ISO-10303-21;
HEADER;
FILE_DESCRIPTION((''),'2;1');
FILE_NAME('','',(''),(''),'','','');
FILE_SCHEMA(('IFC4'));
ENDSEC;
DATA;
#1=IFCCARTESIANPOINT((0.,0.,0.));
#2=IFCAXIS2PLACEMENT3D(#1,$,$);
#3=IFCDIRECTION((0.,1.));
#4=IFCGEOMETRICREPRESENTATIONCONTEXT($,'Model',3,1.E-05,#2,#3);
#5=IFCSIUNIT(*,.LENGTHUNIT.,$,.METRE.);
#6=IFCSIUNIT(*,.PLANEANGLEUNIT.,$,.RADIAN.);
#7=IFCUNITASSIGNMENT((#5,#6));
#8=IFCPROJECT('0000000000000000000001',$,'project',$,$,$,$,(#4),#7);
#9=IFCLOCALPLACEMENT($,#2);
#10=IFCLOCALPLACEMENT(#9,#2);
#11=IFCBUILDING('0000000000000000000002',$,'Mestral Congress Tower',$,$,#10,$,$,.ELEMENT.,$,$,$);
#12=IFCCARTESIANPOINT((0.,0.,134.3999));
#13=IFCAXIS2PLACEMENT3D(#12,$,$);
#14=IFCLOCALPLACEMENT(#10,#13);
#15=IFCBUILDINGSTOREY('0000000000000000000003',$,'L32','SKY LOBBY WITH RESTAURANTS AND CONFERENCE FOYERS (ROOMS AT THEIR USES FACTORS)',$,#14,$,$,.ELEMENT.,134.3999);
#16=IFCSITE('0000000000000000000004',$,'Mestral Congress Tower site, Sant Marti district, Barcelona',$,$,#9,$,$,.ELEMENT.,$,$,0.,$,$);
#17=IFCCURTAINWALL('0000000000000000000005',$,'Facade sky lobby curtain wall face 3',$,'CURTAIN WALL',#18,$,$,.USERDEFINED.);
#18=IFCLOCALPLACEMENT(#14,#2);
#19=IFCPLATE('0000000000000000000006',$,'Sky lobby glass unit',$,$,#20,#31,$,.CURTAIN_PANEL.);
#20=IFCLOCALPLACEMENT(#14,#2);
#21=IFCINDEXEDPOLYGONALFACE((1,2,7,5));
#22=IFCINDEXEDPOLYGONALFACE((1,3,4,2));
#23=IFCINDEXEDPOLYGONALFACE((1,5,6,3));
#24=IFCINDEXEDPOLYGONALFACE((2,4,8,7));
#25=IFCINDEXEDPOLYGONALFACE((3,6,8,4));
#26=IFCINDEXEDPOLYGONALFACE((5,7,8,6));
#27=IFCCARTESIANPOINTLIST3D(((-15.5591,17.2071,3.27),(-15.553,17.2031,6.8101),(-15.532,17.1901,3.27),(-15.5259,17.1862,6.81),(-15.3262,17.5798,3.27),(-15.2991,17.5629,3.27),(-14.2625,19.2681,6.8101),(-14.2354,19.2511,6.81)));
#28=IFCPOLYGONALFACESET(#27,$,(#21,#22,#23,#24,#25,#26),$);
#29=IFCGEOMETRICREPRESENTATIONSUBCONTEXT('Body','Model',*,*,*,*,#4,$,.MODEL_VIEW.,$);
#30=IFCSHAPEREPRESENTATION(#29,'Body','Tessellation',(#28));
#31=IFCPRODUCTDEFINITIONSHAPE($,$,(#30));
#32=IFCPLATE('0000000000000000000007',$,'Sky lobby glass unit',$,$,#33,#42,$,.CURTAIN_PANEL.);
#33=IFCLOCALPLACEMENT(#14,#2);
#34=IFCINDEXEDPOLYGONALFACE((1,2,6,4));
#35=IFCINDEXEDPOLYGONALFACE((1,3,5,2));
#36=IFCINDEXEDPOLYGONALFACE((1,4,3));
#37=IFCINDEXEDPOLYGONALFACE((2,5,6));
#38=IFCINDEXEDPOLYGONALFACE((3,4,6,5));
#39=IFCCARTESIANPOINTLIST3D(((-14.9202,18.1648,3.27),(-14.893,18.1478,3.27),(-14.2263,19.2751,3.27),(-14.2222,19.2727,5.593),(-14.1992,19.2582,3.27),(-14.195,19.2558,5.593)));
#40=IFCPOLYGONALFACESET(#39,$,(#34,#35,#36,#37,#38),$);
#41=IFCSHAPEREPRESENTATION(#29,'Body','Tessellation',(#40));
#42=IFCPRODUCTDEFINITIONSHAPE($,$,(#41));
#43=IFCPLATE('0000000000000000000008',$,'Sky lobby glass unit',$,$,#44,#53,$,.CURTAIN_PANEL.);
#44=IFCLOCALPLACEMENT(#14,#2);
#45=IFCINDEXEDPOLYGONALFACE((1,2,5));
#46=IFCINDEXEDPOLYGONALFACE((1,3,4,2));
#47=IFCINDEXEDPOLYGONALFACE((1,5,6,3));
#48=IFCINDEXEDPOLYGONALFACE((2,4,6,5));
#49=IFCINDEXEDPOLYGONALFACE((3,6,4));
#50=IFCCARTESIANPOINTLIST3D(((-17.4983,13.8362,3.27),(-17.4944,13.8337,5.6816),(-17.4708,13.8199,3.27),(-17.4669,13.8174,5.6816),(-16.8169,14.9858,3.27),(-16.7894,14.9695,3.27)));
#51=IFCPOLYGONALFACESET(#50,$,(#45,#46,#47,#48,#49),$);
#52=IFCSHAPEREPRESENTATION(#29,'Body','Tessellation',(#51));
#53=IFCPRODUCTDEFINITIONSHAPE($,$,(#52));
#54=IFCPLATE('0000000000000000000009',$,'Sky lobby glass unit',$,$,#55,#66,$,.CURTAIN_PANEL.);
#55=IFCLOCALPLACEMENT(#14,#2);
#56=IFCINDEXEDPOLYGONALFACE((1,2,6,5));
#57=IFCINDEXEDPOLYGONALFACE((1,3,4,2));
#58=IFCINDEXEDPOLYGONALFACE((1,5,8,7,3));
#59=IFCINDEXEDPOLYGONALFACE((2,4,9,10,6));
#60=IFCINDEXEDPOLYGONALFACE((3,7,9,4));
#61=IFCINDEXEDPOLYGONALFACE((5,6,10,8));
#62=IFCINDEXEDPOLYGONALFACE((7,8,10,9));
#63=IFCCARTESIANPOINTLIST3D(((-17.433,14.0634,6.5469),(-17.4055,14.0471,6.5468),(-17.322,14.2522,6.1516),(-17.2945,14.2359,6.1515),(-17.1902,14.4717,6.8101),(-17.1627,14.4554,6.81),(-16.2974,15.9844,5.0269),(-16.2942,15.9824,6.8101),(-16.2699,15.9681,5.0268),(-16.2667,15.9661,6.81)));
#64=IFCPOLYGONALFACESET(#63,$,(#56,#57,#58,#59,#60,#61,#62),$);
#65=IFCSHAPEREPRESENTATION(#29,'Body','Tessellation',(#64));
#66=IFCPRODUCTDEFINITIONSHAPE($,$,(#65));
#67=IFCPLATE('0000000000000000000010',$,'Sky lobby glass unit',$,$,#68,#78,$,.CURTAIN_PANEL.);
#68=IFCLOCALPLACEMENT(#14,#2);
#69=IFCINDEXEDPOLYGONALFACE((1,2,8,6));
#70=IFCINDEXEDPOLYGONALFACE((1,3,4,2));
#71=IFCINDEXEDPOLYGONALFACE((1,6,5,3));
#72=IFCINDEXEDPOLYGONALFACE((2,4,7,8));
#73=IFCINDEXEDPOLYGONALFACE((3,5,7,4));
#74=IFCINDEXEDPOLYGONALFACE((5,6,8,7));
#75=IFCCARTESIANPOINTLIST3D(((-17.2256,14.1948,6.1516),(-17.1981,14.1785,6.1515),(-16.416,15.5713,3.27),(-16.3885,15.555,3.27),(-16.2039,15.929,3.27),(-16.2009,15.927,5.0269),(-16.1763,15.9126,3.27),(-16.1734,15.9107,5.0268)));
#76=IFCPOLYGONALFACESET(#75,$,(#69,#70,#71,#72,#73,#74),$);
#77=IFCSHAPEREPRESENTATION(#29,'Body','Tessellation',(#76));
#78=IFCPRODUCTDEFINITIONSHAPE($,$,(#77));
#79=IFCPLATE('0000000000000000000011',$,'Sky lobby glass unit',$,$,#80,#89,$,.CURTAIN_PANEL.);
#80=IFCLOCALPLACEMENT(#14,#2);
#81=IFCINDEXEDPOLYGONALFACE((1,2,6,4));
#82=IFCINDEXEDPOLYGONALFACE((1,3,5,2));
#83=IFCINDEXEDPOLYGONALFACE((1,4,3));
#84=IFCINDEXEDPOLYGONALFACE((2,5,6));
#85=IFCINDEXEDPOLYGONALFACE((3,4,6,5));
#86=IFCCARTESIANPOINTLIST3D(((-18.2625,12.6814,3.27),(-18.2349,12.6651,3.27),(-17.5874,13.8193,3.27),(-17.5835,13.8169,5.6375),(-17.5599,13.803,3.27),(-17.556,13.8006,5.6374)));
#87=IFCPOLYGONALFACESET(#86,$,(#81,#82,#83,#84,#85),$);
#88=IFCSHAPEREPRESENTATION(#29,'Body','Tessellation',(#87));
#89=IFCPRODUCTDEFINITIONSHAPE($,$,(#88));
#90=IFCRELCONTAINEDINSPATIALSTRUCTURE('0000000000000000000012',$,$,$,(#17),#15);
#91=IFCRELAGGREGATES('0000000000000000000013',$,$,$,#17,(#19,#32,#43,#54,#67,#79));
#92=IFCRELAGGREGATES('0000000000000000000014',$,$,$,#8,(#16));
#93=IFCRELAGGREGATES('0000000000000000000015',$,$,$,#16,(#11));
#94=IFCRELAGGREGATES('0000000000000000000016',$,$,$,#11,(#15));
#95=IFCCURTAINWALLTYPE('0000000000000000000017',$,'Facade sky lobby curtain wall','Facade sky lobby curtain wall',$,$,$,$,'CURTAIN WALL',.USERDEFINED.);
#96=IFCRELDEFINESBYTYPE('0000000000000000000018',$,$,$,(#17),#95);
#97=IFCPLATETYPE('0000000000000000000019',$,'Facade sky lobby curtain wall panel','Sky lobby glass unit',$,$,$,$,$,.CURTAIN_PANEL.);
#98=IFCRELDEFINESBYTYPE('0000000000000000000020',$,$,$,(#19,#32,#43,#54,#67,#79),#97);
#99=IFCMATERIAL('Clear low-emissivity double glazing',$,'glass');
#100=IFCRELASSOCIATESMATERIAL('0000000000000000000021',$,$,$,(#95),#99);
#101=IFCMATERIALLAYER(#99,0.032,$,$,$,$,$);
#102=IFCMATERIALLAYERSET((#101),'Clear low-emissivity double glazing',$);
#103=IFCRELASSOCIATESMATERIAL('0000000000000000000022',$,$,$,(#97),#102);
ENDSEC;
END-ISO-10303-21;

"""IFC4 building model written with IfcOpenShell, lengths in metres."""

from ifc_helpers import new_model, si_unit, direction, frame, origin, place, context, subcontext, project, spatial, polyline, outline, extrude, material, layer, layer_set, type_object, element, aggregate, save


model = new_model("IFC4")

# Units and contexts
model_context = context("Model", 3, precision=1e-05, world=origin(), true_north=direction((0.0, 1.0)))
body_context = subcontext(model_context, "Body", "Model", "MODEL_VIEW")
ifc_project = project(units=[si_unit("LENGTHUNIT", "METRE"), si_unit("PLANEANGLEUNIT", "RADIAN")], contexts=[model_context])

# Site, building, storey
site_placement = place(None, origin())
site = spatial("IfcSite", under=ifc_project, at=site_placement, Name="Mestral Congress Tower site, Sant Marti district, Barcelona", CompositionType="ELEMENT", RefElevation=0.0)
building_placement = place(site_placement, origin())
building = spatial("IfcBuilding", under=site, at=building_placement, Name="Mestral Congress Tower", CompositionType="ELEMENT")
storey_placement = place(building_placement, frame((0.0, 0.0, 134.3999)))
storey = spatial("IfcBuildingStorey", under=building, at=storey_placement, Name="L32", Description="SKY LOBBY WITH RESTAURANTS AND CONFERENCE FOYERS (ROOMS AT THEIR USES FACTORS)", CompositionType="ELEMENT", Elevation=134.3999)

# Curtain wall
ifc_material_1 = material(Name="Clear low-emissivity double glazing", Category="glass")
curtain_wall_type = type_object("IfcCurtainWallType", Name="Facade sky lobby curtain wall", Description="Facade sky lobby curtain wall", ElementType="CURTAIN WALL", PredefinedType="USERDEFINED", material=ifc_material_1)
curtain_wall_placement = place(storey_placement, origin())
curtain_wall = element("IfcCurtainWall", 1, at=curtain_wall_placement, inside=storey, type_object=curtain_wall_type, Name="Facade sky lobby curtain wall face 3", ObjectType="CURTAIN WALL", PredefinedType="USERDEFINED")

# Plates
ifc_layer_1 = layer(ifc_material_1, 0.032)
ifc_layer_set_1 = layer_set([ifc_layer_1], Name="Clear low-emissivity double glazing")
plate_type_1 = type_object("IfcPlateType", Name="Facade sky lobby curtain wall panel", Description="Sky lobby glass unit", PredefinedType="CURTAIN_PANEL", material=ifc_layer_set_1)
plate_1_placement = place(storey_placement, frame((-15.553, 17.2031, 6.8101), z_axis=(-0.84802, 0.52996, 0.002063), x_axis=(-0.001738, 0.001112, -0.999998)))
plate_1 = element("IfcPlate", 2, at=plate_1_placement, type_object=plate_type_1, Name="Sky lobby glass unit", PredefinedType="CURTAIN_PANEL", context=body_context, shape_type="SweptSolid", body=[
    extrude(outline(polyline([(0.0, 0.0), (3.54, 0.0), (3.5401, -0.4396), (0.0001, -2.435), (0.0, 0.0)])), origin(), (0.0, 0.0, -1.0), 0.032),
])
plate_2_placement = place(storey_placement, frame((-14.2263, 19.2751, 3.27), z_axis=(-0.848038, 0.529931, 0.002072), x_axis=(0.001787, -0.001051, 0.999998)))
plate_2 = element("IfcPlate", 3, at=plate_2_placement, type_object=plate_type_1, Name="Sky lobby glass unit", PredefinedType="CURTAIN_PANEL", context=body_context, shape_type="SweptSolid", body=[
    extrude(outline(polyline([(0.0, 0.0), (2.323, 0.0), (-0.0001, -1.3093), (0.0, 0.0)])), origin(), (0.0, 0.0, -1.0), 0.032),
])
plate_3_placement = place(storey_placement, frame((-16.8169, 14.9858, 3.27), z_axis=(-0.860251, 0.509867, 0.00191), x_axis=(-0.245715, -0.417849, 0.874658)))
plate_3 = element("IfcPlate", 4, at=plate_3_placement, type_object=plate_type_1, Name="Sky lobby glass unit", PredefinedType="CURTAIN_PANEL", context=body_context, shape_type="SweptSolid", body=[
    extrude(outline(polyline([(0.0, 0.0), (2.7572, 0.0), (0.6478, -1.1689), (0.0, 0.0)])), origin(), (0.0, 0.0, -1.0), 0.032),
])
plate_4_placement = place(storey_placement, frame((-16.2942, 15.9824, 6.8101), z_axis=(-0.860085, 0.510146, 0.002107), x_axis=(-0.510147, -0.860087, 0.0)))
plate_4 = element("IfcPlate", 5, at=plate_4_placement, type_object=plate_type_1, Name="Sky lobby glass unit", PredefinedType="CURTAIN_PANEL", context=body_context, shape_type="SweptSolid", body=[
    extrude(outline(polyline([(0.0, 0.0), (1.7565, 0.0), (2.2315, -0.2632), (2.0125, -0.6584), (-0.0001, -1.7832), (0.0, 0.0)])), origin(), (0.0, 0.0, -1.0), 0.032),
])
plate_5_placement = place(storey_placement, frame((-17.2256, 14.1948, 6.1516), z_axis=(-0.860104, 0.510115, 0.002017), x_axis=(0.245742, 0.417805, -0.874671)))
plate_5 = element("IfcPlate", 6, at=plate_5_placement, type_object=plate_type_1, Name="Sky lobby glass unit", PredefinedType="CURTAIN_PANEL", context=body_context, shape_type="SweptSolid", body=[
    extrude(outline(polyline([(0.0, 0.0), (3.2945, 0.0), (3.4961, -0.3637), (1.9593, -1.2151), (0.0, 0.0)])), origin(), (0.0, 0.0, -1.0), 0.032),
])
plate_6_placement = place(storey_placement, frame((-17.5874, 13.8193, 3.27), z_axis=(-0.860053, 0.510201, 0.001945), x_axis=(0.00165, -0.001031, 0.999998)))
plate_6 = element("IfcPlate", 7, at=plate_6_placement, type_object=plate_type_1, Name="Sky lobby glass unit", PredefinedType="CURTAIN_PANEL", context=body_context, shape_type="SweptSolid", body=[
    extrude(outline(polyline([(0.0, 0.0), (2.3674, 0.0), (0.0001, -1.3231), (0.0, 0.0)])), origin(), (0.0, 0.0, -1.0), 0.032),
])
aggregate(curtain_wall, [plate_1, plate_2, plate_3, plate_4, plate_5, plate_6])

save(model, "model.ifc")
